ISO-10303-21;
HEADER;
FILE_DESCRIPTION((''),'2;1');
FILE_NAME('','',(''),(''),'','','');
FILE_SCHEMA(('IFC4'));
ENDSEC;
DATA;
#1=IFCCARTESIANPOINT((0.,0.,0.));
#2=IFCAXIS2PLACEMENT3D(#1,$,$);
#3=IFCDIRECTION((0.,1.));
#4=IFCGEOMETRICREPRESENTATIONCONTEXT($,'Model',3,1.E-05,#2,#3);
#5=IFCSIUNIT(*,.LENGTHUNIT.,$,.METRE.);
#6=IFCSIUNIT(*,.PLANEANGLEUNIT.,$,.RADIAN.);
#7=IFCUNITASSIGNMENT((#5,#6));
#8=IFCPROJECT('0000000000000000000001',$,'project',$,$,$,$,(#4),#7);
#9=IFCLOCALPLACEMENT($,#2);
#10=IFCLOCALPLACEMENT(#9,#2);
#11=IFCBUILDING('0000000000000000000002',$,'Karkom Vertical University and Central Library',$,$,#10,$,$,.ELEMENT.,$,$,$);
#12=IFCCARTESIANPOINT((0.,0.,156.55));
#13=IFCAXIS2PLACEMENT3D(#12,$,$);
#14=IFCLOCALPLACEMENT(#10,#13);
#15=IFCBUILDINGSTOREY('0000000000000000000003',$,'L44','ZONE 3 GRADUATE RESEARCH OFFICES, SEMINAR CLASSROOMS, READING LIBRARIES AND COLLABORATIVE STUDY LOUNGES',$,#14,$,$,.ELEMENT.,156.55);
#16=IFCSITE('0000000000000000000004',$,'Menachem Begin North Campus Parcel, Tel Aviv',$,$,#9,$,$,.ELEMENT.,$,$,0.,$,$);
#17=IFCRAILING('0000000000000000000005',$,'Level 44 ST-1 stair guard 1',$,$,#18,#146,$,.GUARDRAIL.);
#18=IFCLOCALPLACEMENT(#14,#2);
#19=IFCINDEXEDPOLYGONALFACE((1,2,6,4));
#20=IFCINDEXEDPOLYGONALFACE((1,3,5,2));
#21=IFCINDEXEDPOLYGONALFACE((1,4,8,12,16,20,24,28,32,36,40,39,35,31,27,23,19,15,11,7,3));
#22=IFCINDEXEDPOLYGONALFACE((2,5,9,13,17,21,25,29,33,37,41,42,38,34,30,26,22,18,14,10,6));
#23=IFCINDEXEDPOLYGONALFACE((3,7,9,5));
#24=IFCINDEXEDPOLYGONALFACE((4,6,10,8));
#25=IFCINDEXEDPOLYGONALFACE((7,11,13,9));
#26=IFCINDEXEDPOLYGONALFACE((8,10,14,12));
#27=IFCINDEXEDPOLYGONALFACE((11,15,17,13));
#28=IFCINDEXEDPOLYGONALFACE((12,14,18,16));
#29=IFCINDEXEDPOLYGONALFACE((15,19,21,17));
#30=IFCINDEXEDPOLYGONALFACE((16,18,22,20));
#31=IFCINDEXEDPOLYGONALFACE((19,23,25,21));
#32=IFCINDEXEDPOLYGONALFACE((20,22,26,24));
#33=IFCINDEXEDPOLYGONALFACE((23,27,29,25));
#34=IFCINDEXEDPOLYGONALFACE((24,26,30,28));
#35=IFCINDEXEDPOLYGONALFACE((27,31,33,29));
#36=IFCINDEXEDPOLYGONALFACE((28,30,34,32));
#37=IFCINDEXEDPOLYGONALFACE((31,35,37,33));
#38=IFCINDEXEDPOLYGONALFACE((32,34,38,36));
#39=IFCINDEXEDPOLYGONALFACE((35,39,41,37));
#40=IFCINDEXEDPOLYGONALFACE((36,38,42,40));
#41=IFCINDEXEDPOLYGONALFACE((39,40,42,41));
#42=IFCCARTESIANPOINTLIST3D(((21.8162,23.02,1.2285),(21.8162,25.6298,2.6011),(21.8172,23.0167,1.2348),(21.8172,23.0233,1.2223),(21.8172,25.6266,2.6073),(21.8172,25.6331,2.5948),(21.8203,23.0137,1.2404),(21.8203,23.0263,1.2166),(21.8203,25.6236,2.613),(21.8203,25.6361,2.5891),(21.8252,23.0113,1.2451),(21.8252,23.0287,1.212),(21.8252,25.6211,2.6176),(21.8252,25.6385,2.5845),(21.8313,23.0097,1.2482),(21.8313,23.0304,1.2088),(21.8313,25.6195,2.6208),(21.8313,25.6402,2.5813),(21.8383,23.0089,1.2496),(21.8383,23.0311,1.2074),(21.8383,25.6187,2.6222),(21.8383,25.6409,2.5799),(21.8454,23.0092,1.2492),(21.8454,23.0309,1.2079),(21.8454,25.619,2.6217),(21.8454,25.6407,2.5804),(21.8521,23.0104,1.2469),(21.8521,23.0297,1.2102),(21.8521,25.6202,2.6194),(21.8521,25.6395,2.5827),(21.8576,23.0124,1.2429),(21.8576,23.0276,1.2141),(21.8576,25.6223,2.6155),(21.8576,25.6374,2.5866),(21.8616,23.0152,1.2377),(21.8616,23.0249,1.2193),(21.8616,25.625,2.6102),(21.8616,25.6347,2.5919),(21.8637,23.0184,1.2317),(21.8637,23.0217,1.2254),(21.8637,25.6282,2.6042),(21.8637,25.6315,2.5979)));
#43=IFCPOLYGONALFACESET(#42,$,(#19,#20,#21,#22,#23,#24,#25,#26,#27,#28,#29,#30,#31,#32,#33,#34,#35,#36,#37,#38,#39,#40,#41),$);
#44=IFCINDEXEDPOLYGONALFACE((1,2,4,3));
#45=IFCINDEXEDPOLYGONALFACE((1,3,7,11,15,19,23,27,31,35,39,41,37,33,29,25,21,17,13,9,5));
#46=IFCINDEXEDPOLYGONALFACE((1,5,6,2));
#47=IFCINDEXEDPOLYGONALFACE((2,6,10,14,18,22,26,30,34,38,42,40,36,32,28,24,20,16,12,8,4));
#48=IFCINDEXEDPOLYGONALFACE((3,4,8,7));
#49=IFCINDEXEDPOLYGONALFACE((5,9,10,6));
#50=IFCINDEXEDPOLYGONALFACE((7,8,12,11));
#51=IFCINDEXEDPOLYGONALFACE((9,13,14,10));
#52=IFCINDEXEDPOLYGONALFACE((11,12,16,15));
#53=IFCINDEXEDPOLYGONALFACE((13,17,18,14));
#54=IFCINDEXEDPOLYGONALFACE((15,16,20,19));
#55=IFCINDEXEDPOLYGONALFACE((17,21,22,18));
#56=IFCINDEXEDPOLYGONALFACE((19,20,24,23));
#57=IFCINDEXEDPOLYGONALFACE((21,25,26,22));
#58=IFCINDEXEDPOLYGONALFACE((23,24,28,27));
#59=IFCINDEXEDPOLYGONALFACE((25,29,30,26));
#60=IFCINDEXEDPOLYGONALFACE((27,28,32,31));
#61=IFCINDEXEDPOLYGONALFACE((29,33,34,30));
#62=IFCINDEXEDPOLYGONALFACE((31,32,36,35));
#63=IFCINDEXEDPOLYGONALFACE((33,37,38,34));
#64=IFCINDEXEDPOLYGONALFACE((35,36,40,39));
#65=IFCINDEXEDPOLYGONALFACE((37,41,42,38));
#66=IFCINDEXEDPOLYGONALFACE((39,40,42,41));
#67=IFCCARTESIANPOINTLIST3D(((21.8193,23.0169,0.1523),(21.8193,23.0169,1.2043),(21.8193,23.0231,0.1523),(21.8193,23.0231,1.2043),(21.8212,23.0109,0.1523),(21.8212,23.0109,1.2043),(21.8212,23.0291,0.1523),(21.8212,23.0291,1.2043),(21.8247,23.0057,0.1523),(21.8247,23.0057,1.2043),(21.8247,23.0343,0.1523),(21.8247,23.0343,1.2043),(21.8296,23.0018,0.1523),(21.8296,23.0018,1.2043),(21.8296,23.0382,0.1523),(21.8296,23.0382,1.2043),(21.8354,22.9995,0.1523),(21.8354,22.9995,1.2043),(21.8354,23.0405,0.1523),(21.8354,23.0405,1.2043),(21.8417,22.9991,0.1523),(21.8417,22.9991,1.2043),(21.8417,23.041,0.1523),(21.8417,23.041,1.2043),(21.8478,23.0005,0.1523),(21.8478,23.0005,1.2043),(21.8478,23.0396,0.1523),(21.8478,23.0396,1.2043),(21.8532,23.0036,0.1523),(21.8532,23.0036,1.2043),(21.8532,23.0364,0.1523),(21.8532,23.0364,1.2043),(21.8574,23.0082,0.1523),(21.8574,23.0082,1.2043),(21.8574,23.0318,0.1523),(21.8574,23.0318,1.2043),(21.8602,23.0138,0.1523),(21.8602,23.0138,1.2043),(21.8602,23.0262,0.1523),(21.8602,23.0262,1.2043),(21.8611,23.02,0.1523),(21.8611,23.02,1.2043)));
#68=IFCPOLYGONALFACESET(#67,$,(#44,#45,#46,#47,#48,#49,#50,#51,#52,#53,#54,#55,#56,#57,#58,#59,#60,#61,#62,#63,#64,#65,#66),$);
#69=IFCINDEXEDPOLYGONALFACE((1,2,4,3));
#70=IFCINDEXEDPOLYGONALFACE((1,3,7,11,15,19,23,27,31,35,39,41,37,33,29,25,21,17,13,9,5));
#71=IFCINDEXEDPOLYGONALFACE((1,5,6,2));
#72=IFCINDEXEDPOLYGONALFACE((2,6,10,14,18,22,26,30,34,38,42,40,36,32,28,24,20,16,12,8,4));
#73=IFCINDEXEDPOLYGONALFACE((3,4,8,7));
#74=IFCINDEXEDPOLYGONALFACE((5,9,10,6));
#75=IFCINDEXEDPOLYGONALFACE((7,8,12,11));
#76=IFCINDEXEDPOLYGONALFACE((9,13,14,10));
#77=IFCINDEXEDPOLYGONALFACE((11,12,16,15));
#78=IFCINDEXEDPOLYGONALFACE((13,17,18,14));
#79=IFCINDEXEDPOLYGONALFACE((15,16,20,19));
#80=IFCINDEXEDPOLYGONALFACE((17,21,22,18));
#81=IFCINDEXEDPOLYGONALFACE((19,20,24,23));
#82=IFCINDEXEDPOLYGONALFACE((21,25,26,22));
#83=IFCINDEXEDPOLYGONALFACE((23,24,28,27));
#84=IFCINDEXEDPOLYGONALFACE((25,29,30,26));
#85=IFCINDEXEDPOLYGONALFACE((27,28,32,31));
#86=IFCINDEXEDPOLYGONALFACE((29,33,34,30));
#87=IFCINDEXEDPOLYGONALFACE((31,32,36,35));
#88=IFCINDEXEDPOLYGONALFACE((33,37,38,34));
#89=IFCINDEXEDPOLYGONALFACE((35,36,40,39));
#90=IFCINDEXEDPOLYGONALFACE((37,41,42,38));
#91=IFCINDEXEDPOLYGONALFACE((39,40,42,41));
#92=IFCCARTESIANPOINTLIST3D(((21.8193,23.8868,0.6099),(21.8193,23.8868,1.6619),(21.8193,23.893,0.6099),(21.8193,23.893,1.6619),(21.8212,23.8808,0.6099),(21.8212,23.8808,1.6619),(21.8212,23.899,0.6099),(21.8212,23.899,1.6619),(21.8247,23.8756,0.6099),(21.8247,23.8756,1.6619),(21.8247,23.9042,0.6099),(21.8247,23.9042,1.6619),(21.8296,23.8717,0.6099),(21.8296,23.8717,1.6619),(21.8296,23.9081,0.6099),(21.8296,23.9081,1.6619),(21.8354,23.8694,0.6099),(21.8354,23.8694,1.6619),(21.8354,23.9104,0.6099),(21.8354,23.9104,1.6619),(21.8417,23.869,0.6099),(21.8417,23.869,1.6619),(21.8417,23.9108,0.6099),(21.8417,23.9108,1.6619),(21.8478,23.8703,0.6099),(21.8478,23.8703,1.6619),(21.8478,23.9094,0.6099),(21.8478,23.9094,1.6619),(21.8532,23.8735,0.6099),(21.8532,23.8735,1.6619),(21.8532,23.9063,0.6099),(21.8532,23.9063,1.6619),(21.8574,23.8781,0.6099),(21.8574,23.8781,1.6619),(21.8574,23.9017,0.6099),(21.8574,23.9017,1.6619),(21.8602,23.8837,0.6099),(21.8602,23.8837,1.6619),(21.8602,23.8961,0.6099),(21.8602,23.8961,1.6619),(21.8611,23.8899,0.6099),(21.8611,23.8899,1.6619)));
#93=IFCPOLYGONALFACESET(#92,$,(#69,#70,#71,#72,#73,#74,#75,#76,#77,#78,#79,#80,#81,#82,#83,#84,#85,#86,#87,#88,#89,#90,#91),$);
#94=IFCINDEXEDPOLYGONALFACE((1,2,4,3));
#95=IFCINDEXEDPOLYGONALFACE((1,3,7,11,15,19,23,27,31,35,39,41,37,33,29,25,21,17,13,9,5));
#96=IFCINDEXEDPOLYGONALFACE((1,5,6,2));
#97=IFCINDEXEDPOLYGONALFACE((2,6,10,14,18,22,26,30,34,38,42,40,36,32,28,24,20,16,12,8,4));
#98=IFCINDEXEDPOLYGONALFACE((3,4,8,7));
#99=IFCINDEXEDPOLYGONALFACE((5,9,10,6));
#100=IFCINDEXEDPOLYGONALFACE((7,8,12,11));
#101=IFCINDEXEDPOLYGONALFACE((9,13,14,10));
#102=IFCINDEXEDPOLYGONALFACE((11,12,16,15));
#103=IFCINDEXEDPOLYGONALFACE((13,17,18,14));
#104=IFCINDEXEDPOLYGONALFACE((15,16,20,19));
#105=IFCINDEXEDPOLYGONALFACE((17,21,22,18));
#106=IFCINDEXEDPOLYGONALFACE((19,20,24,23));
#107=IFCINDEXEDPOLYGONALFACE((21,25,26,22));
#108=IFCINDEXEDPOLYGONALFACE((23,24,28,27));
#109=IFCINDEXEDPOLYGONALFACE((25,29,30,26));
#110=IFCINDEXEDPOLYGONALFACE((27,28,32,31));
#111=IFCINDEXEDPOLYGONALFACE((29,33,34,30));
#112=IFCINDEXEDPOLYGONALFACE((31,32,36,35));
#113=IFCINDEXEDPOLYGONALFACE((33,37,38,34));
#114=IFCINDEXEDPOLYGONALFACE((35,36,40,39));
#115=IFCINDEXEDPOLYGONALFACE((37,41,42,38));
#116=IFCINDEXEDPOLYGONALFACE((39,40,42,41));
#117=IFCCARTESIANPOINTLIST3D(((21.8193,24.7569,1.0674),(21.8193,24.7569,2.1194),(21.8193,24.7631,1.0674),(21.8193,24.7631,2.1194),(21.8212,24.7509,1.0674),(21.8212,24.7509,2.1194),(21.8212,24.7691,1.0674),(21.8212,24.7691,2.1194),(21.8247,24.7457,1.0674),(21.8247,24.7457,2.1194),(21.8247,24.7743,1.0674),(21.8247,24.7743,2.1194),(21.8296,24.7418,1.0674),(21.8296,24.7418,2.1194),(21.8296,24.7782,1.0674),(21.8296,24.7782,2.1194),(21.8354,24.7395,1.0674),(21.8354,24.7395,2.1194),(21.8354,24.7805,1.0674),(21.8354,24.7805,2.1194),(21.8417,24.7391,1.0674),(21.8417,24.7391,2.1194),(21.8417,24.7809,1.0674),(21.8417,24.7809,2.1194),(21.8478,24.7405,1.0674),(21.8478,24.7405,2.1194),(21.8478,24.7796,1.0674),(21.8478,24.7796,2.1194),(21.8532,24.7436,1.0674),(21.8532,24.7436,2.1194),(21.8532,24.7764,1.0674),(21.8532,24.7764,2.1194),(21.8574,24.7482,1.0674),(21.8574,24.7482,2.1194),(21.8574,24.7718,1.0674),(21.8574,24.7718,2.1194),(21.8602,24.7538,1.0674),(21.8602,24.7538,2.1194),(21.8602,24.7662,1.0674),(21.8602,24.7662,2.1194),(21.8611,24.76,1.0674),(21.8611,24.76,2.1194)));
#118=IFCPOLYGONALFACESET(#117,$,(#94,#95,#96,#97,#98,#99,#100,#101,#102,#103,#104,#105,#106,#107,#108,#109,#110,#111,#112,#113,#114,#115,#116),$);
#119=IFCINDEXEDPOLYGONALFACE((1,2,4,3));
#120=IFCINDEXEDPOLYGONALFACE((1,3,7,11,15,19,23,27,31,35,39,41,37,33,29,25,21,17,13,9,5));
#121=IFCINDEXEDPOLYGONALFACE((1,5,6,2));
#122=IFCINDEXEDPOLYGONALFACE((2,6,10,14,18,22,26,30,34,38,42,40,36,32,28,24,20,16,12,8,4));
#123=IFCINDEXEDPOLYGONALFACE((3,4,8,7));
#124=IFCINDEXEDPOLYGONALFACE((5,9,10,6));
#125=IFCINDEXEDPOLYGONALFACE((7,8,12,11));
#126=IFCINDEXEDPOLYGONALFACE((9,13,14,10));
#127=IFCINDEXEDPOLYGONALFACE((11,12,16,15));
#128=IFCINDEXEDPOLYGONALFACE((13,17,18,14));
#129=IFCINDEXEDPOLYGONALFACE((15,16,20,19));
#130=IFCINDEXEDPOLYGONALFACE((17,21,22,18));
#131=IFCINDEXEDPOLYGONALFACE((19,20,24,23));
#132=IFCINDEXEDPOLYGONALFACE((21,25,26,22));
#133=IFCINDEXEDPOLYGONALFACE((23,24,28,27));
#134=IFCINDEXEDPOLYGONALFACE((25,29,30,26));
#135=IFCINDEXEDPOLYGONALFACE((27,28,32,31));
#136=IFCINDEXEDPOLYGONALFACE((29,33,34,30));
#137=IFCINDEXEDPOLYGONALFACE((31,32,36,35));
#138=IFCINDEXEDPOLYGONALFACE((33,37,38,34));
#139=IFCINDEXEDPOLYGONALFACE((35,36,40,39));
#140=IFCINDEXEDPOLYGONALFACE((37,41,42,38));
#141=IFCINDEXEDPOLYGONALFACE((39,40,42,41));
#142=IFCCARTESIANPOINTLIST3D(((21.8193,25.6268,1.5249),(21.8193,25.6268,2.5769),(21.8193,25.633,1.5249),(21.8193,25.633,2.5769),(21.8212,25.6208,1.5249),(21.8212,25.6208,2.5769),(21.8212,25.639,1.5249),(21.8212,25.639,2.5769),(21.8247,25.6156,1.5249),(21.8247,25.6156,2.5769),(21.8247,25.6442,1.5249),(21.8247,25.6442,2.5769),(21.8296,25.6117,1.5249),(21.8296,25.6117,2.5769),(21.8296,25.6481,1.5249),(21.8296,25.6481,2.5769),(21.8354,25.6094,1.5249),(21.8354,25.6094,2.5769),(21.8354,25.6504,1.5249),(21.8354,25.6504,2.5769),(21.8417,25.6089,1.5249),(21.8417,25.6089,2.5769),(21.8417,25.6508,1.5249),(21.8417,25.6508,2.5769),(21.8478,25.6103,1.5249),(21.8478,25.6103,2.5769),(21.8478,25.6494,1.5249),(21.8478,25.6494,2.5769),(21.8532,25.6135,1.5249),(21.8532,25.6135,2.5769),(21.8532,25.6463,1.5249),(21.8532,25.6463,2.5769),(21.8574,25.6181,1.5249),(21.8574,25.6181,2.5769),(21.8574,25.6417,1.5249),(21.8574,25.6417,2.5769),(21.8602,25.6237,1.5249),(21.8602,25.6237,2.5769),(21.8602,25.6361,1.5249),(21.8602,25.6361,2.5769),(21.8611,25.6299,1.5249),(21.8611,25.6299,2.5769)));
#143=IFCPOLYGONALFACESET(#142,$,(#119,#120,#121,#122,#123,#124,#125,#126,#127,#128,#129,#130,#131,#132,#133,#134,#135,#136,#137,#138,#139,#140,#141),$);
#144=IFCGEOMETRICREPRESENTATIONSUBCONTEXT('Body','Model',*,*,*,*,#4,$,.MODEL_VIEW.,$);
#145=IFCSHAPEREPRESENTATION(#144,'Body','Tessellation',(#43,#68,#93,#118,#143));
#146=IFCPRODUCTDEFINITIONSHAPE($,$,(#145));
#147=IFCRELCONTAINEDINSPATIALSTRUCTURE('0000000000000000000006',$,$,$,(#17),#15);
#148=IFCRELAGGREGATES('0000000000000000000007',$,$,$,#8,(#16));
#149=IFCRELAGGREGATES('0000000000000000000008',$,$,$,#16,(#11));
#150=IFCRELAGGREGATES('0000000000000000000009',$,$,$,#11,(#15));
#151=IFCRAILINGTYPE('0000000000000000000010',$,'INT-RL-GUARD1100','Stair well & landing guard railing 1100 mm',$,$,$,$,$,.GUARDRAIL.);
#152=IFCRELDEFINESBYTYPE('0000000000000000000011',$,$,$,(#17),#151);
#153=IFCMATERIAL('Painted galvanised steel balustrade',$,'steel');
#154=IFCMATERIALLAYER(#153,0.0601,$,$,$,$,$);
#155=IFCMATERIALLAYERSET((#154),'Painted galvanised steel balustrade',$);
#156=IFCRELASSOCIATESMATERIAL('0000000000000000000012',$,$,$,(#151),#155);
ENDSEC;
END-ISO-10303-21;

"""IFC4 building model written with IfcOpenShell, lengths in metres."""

from ifc_helpers import new_model, si_unit, direction, frame, origin, origin_2d, place, context, subcontext, project, spatial, circle, extrude, material, layer, layer_set, type_object, element, save


model = new_model("IFC4")

# Units and contexts
model_context = context("Model", 3, precision=1e-05, world=origin(), true_north=direction((0.0, 1.0)))
body_context = subcontext(model_context, "Body", "Model", "MODEL_VIEW")
ifc_project = project(units=[si_unit("LENGTHUNIT", "METRE"), si_unit("PLANEANGLEUNIT", "RADIAN")], contexts=[model_context])

# Site, building, storey
site_placement = place(None, origin())
site = spatial("IfcSite", under=ifc_project, at=site_placement, Name="Menachem Begin North Campus Parcel, Tel Aviv", CompositionType="ELEMENT", RefElevation=0.0)
building_placement = place(site_placement, origin())
building = spatial("IfcBuilding", under=site, at=building_placement, Name="Karkom Vertical University and Central Library", CompositionType="ELEMENT")
storey_placement = place(building_placement, frame((0.0, 0.0, 156.55)))
storey = spatial("IfcBuildingStorey", under=building, at=storey_placement, Name="L44", Description="ZONE 3 GRADUATE RESEARCH OFFICES, SEMINAR CLASSROOMS, READING LIBRARIES AND COLLABORATIVE STUDY LOUNGES", CompositionType="ELEMENT", Elevation=156.55)

# Railing
ifc_material_1 = material(Name="Painted galvanised steel balustrade", Category="steel")
ifc_layer_1 = layer(ifc_material_1, 0.0601)
ifc_layer_set_1 = layer_set([ifc_layer_1], Name="Painted galvanised steel balustrade")
railing_type_1 = type_object("IfcRailingType", Name="INT-RL-GUARD1100", Description="Stair well & landing guard railing 1100 mm", PredefinedType="GUARDRAIL", material=ifc_layer_set_1)
railing_1_placement = place(storey_placement, frame((21.8401, 23.02, 0.1523)))
element("IfcRailing", 1, at=railing_1_placement, inside=storey, type_object=railing_type_1, Name="Level 44 ST-1 stair guard 1", PredefinedType="GUARDRAIL", context=body_context, shape_type="SweptSolid", body=[
    extrude(circle(Radius=0.0239, at=origin_2d()), frame((0.0, 0.0, 1.0762), z_axis=(0.0, 0.885065, 0.465467), x_axis=(-1.0, 0.0, 0.0)), (0.0, 0.0, 1.0), 2.9487),
    extrude(circle(Radius=0.021, at=origin_2d()), origin(), (0.0, 0.0, 1.0), 1.052),
    extrude(circle(Radius=0.021, at=origin_2d()), frame((0.0, 0.8699, 0.4575)), (0.0, 0.0, 1.0), 1.052),
    extrude(circle(Radius=0.021, at=origin_2d()), frame((0.0, 1.74, 0.915)), (0.0, 0.0, 1.0), 1.052),
    extrude(circle(Radius=0.021, at=origin_2d()), frame((0.0, 2.6099, 1.3726)), (0.0, 0.0, 1.0), 1.052),
])

save(model, "model.ifc")
